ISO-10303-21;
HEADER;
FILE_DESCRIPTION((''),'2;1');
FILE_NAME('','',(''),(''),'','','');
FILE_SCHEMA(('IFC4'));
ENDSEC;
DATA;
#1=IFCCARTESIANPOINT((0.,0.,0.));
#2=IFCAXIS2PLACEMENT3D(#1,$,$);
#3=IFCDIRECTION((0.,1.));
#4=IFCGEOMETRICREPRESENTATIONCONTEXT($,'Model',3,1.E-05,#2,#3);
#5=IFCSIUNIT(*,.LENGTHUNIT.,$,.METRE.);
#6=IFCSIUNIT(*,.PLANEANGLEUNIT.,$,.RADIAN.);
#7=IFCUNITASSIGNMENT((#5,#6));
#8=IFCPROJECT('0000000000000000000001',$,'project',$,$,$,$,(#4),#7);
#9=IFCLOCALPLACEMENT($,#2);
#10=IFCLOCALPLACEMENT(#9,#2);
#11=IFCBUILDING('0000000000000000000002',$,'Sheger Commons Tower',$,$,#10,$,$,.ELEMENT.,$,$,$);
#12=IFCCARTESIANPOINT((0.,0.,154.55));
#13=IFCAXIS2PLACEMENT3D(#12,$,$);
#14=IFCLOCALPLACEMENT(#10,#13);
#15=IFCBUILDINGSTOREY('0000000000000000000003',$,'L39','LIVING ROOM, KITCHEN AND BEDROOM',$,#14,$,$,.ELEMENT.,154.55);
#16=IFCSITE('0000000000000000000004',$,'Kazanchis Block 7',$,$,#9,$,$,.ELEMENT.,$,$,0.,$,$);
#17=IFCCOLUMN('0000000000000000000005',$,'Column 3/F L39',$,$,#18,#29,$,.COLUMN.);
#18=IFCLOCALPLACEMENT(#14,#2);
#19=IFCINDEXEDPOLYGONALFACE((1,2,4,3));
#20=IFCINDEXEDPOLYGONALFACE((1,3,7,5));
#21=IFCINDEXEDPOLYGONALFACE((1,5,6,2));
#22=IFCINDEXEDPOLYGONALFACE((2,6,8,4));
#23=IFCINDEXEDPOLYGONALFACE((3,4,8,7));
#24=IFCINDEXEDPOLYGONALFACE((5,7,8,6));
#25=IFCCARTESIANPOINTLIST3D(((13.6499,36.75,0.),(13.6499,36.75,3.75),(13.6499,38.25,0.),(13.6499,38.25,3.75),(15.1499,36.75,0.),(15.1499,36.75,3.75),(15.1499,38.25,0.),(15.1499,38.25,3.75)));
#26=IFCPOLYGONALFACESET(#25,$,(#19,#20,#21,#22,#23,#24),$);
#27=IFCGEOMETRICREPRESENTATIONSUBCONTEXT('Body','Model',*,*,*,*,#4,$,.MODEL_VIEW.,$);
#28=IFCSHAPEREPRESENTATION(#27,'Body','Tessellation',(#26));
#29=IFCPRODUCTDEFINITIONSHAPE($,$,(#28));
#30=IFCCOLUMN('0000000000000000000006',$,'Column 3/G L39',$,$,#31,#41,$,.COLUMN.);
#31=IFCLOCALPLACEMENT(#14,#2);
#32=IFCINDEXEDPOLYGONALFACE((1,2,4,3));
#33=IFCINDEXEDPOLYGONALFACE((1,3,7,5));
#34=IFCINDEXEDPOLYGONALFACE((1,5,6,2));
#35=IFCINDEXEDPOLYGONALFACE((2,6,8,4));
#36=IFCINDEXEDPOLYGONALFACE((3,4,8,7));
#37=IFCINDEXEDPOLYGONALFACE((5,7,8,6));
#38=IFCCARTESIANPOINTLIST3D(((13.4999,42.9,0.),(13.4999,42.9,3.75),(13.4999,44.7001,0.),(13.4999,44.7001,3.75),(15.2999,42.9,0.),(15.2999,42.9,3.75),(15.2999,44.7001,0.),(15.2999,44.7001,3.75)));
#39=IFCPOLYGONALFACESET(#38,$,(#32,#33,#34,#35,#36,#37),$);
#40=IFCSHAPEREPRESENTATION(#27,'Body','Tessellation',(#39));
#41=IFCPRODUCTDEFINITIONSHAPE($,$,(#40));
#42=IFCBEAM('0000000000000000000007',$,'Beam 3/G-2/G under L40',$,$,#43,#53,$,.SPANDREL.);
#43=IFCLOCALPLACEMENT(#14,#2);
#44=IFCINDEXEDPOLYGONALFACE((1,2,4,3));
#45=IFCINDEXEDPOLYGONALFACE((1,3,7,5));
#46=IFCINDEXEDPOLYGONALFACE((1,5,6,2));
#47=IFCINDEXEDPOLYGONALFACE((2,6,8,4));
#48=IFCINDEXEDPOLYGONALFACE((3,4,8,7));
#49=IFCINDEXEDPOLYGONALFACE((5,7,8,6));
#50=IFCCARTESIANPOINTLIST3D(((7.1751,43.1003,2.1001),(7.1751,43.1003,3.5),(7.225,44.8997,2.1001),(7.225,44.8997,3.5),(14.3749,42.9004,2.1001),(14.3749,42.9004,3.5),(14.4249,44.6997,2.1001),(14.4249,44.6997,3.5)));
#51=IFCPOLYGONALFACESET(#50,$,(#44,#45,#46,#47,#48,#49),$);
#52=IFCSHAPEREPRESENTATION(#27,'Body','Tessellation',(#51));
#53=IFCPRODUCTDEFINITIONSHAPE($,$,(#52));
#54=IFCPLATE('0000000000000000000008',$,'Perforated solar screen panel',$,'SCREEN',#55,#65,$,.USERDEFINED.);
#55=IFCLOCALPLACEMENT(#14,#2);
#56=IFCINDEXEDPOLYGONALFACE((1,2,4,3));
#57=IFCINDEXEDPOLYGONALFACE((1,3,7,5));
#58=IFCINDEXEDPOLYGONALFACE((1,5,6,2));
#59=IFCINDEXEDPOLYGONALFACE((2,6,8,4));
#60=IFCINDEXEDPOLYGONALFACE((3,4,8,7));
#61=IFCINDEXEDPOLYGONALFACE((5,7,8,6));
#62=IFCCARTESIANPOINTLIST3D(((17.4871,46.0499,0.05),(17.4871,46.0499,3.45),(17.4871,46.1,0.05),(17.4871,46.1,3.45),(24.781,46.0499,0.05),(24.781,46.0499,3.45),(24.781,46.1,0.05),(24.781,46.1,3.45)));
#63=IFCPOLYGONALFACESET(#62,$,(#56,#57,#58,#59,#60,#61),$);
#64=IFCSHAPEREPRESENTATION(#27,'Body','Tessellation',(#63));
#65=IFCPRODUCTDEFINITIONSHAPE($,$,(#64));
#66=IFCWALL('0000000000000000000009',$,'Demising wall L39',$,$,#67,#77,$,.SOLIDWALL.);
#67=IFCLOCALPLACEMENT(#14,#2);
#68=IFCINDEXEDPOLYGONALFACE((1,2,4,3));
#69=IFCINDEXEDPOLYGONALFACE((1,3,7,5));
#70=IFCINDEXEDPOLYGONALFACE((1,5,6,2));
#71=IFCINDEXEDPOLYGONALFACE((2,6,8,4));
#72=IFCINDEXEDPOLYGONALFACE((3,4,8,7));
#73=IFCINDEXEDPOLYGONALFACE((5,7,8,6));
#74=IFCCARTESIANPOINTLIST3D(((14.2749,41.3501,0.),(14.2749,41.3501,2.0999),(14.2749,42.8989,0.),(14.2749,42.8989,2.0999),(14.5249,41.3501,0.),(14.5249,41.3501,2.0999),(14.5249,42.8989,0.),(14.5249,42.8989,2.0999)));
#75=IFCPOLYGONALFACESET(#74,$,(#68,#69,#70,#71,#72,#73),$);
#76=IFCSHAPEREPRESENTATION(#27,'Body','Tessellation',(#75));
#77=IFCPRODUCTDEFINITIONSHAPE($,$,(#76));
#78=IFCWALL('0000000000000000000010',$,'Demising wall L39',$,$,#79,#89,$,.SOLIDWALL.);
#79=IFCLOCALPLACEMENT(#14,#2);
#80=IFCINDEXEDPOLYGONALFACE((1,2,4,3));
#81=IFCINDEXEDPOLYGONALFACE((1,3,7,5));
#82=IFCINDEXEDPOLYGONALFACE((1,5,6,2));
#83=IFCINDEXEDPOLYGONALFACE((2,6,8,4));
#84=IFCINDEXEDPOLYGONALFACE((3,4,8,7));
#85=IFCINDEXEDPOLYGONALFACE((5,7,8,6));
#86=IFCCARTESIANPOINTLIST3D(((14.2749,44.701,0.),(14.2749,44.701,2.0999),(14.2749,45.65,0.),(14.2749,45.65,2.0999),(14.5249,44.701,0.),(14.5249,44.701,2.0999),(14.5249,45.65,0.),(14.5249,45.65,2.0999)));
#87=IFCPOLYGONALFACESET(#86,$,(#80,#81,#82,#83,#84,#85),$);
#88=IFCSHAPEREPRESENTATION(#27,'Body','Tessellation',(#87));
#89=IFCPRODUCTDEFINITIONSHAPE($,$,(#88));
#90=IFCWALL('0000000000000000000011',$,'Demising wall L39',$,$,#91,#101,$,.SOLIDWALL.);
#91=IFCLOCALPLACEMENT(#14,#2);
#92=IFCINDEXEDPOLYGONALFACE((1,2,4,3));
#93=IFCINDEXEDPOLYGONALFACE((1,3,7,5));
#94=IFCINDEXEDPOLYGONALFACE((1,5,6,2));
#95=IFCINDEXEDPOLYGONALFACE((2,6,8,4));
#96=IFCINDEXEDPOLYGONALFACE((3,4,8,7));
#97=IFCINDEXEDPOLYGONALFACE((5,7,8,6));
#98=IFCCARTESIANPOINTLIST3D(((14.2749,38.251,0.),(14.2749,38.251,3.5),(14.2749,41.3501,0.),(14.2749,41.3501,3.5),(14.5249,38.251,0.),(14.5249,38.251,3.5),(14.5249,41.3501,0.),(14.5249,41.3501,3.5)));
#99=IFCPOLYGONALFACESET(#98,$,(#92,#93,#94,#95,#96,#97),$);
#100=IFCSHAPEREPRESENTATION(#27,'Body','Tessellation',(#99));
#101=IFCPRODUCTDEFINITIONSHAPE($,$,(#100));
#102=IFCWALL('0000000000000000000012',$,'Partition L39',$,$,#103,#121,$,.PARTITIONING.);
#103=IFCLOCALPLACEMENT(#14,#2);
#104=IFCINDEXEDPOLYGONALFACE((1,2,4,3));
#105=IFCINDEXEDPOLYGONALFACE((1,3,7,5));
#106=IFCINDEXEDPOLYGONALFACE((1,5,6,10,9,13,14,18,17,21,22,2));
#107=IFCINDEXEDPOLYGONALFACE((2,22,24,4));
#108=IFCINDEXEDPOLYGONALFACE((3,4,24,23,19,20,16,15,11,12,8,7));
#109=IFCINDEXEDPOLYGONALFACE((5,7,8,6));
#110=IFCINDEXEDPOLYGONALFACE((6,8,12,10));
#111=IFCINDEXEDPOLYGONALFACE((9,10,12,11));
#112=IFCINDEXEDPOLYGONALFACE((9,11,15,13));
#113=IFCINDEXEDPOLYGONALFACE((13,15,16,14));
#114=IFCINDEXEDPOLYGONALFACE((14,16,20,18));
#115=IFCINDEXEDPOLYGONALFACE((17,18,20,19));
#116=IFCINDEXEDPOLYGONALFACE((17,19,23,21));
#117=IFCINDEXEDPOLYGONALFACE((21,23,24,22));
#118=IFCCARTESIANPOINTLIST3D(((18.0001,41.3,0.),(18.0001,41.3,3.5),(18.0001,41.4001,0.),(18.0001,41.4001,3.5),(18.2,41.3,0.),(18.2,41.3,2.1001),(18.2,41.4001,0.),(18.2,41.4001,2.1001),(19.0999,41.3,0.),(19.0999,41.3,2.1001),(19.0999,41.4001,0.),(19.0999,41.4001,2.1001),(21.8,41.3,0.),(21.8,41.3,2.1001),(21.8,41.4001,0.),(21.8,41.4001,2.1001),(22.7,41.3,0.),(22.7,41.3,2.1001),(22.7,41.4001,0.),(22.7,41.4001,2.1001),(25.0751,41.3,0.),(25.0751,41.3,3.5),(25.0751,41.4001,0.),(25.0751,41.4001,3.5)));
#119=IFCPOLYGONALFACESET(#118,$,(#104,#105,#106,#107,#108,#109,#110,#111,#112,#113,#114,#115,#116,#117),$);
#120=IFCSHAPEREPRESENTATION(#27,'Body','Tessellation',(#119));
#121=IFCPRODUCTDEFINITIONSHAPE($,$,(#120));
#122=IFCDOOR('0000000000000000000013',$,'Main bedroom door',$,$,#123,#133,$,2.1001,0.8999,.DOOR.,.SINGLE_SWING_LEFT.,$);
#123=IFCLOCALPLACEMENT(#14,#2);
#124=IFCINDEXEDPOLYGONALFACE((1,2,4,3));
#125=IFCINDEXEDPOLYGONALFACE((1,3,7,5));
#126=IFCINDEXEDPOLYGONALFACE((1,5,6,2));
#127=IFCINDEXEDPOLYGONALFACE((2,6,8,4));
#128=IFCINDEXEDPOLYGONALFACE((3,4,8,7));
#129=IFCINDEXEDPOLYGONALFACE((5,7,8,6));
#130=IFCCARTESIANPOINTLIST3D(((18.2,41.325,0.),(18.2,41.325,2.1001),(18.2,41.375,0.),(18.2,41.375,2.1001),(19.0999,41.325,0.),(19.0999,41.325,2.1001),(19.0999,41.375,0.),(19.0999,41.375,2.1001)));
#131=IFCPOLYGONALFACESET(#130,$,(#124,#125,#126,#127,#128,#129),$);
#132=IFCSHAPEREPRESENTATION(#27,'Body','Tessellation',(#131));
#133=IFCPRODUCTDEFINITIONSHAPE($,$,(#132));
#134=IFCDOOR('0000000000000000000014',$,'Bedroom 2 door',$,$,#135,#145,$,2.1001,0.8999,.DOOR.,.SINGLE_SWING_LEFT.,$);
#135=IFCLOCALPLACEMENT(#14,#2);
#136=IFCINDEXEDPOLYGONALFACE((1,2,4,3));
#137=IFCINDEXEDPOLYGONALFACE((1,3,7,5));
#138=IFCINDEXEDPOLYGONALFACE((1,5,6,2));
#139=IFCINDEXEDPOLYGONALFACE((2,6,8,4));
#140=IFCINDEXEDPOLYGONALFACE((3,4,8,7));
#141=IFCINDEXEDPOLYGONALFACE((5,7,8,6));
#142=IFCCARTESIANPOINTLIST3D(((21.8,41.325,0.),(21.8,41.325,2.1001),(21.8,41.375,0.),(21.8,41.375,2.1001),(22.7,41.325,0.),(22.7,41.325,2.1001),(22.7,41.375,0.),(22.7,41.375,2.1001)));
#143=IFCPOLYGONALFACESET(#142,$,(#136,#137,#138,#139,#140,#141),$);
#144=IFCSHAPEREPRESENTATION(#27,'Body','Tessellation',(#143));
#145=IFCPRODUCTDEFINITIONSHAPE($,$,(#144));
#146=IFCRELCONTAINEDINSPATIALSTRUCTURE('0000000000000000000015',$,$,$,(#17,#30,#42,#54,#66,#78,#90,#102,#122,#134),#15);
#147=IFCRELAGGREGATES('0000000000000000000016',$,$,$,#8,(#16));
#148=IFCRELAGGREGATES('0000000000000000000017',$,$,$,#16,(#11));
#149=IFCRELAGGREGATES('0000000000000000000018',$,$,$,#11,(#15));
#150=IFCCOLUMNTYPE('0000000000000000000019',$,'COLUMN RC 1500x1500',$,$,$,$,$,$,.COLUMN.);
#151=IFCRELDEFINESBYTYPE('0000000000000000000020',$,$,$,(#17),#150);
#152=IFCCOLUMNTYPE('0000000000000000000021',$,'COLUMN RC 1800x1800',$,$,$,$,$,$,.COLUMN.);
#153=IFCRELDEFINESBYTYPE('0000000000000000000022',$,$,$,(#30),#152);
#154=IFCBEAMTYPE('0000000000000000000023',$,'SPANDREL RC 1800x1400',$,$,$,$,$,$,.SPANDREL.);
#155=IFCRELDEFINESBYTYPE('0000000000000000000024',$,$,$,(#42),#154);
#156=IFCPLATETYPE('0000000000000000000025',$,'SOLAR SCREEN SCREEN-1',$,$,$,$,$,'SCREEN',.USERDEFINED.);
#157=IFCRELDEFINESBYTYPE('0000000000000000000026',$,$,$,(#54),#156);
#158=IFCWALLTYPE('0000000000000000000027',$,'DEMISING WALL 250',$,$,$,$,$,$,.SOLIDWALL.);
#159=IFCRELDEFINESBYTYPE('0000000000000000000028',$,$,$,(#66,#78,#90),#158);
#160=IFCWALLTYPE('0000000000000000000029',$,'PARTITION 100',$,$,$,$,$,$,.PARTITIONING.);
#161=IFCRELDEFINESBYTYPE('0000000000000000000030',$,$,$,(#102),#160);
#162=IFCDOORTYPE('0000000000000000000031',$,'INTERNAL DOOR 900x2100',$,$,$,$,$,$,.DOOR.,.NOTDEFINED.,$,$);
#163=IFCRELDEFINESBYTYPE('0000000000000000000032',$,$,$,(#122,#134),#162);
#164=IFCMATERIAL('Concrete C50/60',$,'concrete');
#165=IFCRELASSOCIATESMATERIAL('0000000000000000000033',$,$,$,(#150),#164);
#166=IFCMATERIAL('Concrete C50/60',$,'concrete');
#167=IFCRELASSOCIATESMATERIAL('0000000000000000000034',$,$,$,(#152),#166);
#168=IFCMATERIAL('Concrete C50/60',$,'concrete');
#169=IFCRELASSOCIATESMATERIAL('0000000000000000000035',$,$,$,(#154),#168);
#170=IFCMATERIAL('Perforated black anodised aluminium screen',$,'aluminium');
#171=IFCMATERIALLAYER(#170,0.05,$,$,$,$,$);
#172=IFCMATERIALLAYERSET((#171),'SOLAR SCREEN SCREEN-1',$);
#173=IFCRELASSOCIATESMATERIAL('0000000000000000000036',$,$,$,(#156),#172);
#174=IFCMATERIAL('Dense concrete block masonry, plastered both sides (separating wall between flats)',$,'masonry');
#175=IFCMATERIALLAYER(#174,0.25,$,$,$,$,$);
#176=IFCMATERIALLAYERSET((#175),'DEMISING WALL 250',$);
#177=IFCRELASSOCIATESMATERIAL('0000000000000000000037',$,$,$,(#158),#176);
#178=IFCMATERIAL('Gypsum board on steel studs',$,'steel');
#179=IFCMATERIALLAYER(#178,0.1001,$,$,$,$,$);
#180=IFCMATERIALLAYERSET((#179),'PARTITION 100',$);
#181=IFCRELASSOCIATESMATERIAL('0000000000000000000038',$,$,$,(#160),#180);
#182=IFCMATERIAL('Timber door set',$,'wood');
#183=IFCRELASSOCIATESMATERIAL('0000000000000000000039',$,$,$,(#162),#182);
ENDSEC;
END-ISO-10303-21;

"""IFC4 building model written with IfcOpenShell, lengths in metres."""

from ifc_helpers import new_model, si_unit, direction, frame, frame_2d, origin, origin_2d, place, context, subcontext, project, spatial, rectangle, extrude, material, layer, layer_set, material_profile, profile_set, type_object, element, fill, save


model = new_model("IFC4")

# Units and contexts
model_context = context("Model", 3, precision=1e-05, world=origin(), true_north=direction((0.0, 1.0)))
body_context = subcontext(model_context, "Body", "Model", "MODEL_VIEW")
ifc_project = project(units=[si_unit("LENGTHUNIT", "METRE"), si_unit("PLANEANGLEUNIT", "RADIAN")], contexts=[model_context])

# Site, building, storey
site_placement = place(None, origin())
site = spatial("IfcSite", under=ifc_project, at=site_placement, Name="Kazanchis Block 7", CompositionType="ELEMENT", RefElevation=0.0)
building_placement = place(site_placement, origin())
building = spatial("IfcBuilding", under=site, at=building_placement, Name="Sheger Commons Tower", CompositionType="ELEMENT")
storey_placement = place(building_placement, frame((0.0, 0.0, 154.55)))
storey = spatial("IfcBuildingStorey", under=building, at=storey_placement, Name="L39", Description="LIVING ROOM, KITCHEN AND BEDROOM", CompositionType="ELEMENT", Elevation=154.55)

# Columns
ifc_material_1 = material(Name="Concrete C50/60", Category="concrete")
ifc_material_profile_1 = material_profile(ifc_material_1, rectangle(XDim=1.5, YDim=1.5, at=origin_2d()), Name="RC 1500x1500")
ifc_profile_set_1 = profile_set([ifc_material_profile_1], Name="Concrete C50/60")
column_type_1 = type_object("IfcColumnType", Name="COLUMN RC 1500x1500", PredefinedType="COLUMN", material=ifc_profile_set_1)
column_1_placement = place(storey_placement, frame((14.3999, 37.5, 0.0), z_axis=(0.0, 0.0, 1.0), x_axis=(1.0, 0.0, 0.0)))
element("IfcColumn", 1, at=column_1_placement, inside=storey, type_object=column_type_1, Name="Column 3/F L39", PredefinedType="COLUMN", context=body_context, shape_type="SweptSolid", body=[
    extrude(rectangle(XDim=1.5, YDim=1.5, at=origin_2d()), origin(), (0.0, 0.0, 1.0), 3.75),
])
ifc_material_2 = material(Name="Concrete C50/60", Category="concrete")
ifc_material_profile_2 = material_profile(ifc_material_2, rectangle(XDim=1.8, YDim=1.8, at=origin_2d()), Name="RC 1800x1800")
ifc_profile_set_2 = profile_set([ifc_material_profile_2], Name="Concrete C50/60")
column_type_2 = type_object("IfcColumnType", Name="COLUMN RC 1800x1800", PredefinedType="COLUMN", material=ifc_profile_set_2)
column_2_placement = place(storey_placement, frame((14.3999, 43.8, 0.0), z_axis=(0.0, 0.0, 1.0), x_axis=(1.0, 0.0, 0.0)))
element("IfcColumn", 2, at=column_2_placement, inside=storey, type_object=column_type_2, Name="Column 3/G L39", PredefinedType="COLUMN", context=body_context, shape_type="SweptSolid", body=[
    extrude(rectangle(XDim=1.8, YDim=1.8, at=origin_2d()), origin(), (0.0, 0.0, 1.0), 3.75),
])

# Beam
ifc_material_3 = material(Name="Concrete C50/60", Category="concrete")
ifc_material_profile_3 = material_profile(ifc_material_3, rectangle(XDim=1.8, YDim=1.3999, at=origin_2d()), Name="RC 1800x1400")
ifc_profile_set_3 = profile_set([ifc_material_profile_3], Name="Concrete C50/60")
beam_type = type_object("IfcBeamType", Name="SPANDREL RC 1800x1400", PredefinedType="SPANDREL", material=ifc_profile_set_3)
beam_placement = place(storey_placement, frame((14.3999, 43.8, 2.8), z_axis=(-0.999615, 0.02776, 0.0), x_axis=(-0.02776, -0.999615, 0.0)))
element("IfcBeam", 3, at=beam_placement, inside=storey, type_object=beam_type, Name="Beam 3/G-2/G under L40", PredefinedType="SPANDREL", context=body_context, shape_type="SweptSolid", body=[
    extrude(rectangle(XDim=1.8, YDim=1.3999, at=origin_2d()), origin(), (0.0, 0.0, 1.0), 7.2026),
])

# Plate
ifc_material_4 = material(Name="Perforated black anodised aluminium screen", Category="aluminium")
ifc_layer_1 = layer(ifc_material_4, 0.05)
ifc_layer_set_1 = layer_set([ifc_layer_1], Name="SOLAR SCREEN SCREEN-1")
plate_type = type_object("IfcPlateType", Name="SOLAR SCREEN SCREEN-1", ElementType="SCREEN", PredefinedType="USERDEFINED", material=ifc_layer_set_1)
plate_placement = place(storey_placement, frame((21.134, 46.075, 0.05), z_axis=(0.0, 0.0, 1.0), x_axis=(-1.0, 0.0, 0.0)))
element("IfcPlate", 4, at=plate_placement, inside=storey, type_object=plate_type, Name="Perforated solar screen panel", ObjectType="SCREEN", PredefinedType="USERDEFINED", context=body_context, shape_type="SweptSolid", body=[
    extrude(rectangle(XDim=7.2939, YDim=0.05, at=origin_2d()), origin(), (0.0, 0.0, 1.0), 3.3999),
])

# Walls
ifc_material_5 = material(Name="Dense concrete block masonry, plastered both sides (separating wall between flats)", Category="masonry")
ifc_layer_2 = layer(ifc_material_5, 0.25)
ifc_layer_set_2 = layer_set([ifc_layer_2], Name="DEMISING WALL 250")
wall_type_1 = type_object("IfcWallType", Name="DEMISING WALL 250", PredefinedType="SOLIDWALL", material=ifc_layer_set_2)
wall_1_placement = place(storey_placement, frame((14.3999, 41.3501, 0.0), z_axis=(0.0, 0.0, 1.0), x_axis=(0.0, 1.0, 0.0)))
element("IfcWall", 5, at=wall_1_placement, inside=storey, type_object=wall_type_1, Name="Demising wall L39", PredefinedType="SOLIDWALL", context=body_context, shape_type="SweptSolid", body=[
    extrude(rectangle(XDim=1.5488, YDim=0.25, at=frame_2d((0.7744, 0.0))), origin(), (0.0, 0.0, 1.0), 2.0999),
])
wall_2_placement = place(storey_placement, frame((14.3999, 44.7009, 0.0), z_axis=(0.0, 0.0, 1.0), x_axis=(0.0, 1.0, 0.0)))
element("IfcWall", 6, at=wall_2_placement, inside=storey, type_object=wall_type_1, Name="Demising wall L39", PredefinedType="SOLIDWALL", context=body_context, shape_type="SweptSolid", body=[
    extrude(rectangle(XDim=0.949, YDim=0.25, at=frame_2d((0.4746, 0.0))), origin(), (0.0, 0.0, 1.0), 2.0999),
])
wall_3_placement = place(storey_placement, frame((14.3999, 38.251, 0.0), z_axis=(0.0, 0.0, 1.0), x_axis=(0.0, 1.0, 0.0)))
element("IfcWall", 7, at=wall_3_placement, inside=storey, type_object=wall_type_1, Name="Demising wall L39", PredefinedType="SOLIDWALL", context=body_context, shape_type="SweptSolid", body=[
    extrude(rectangle(XDim=3.0991, YDim=0.25, at=frame_2d((1.5496, 0.0))), origin(), (0.0, 0.0, 1.0), 3.5),
])

# Wall, openings, doors
ifc_material_6 = material(Name="Gypsum board on steel studs", Category="steel")
ifc_layer_3 = layer(ifc_material_6, 0.1001)
ifc_layer_set_3 = layer_set([ifc_layer_3], Name="PARTITION 100")
wall_type_2 = type_object("IfcWallType", Name="PARTITION 100", PredefinedType="PARTITIONING", material=ifc_layer_set_3)
wall_4_placement = place(storey_placement, frame((18.0, 41.3501, 0.0), z_axis=(0.0, 0.0, 1.0), x_axis=(1.0, 0.0, 0.0)))
wall_4 = element("IfcWall", 8, at=wall_4_placement, inside=storey, type_object=wall_type_2, Name="Partition L39", PredefinedType="PARTITIONING", context=body_context, shape_type="SweptSolid", body=[
    extrude(rectangle(XDim=7.075, YDim=0.1001, at=frame_2d((3.5376, 0.0))), origin(), (0.0, 0.0, 1.0), 3.5),
])
opening_1_placement = place(wall_4_placement, frame((0.2, 0.0, 0.0)))
opening_1 = element("IfcOpeningElement", 9, at=opening_1_placement, cuts=wall_4, PredefinedType="OPENING", context=body_context, shape_type="SweptSolid", body=[
    extrude(rectangle(XDim=0.8999, YDim=2.1001, at=frame_2d((0.45, 1.05))), frame((0.0, 0.0601, 0.0), z_axis=(0.0, -1.0, 0.0), x_axis=(1.0, 0.0, 0.0)), (0.0, 0.0, 1.0), 0.1201),
])
opening_2_placement = place(wall_4_placement, frame((3.8, 0.0, 0.0)))
opening_2 = element("IfcOpeningElement", 10, at=opening_2_placement, cuts=wall_4, PredefinedType="OPENING", context=body_context, shape_type="SweptSolid", body=[
    extrude(rectangle(XDim=0.8999, YDim=2.1001, at=frame_2d((0.45, 1.05))), frame((0.0, 0.0601, 0.0), z_axis=(0.0, -1.0, 0.0), x_axis=(1.0, 0.0, 0.0)), (0.0, 0.0, 1.0), 0.1201),
])
ifc_material_7 = material(Name="Timber door set", Category="wood")
door_type = type_object("IfcDoorType", Name="INTERNAL DOOR 900x2100", OperationType="NOTDEFINED", PredefinedType="DOOR", material=ifc_material_7)
door_1_placement = place(opening_1_placement, origin())
door_1 = element("IfcDoor", 11, at=door_1_placement, inside=storey, type_object=door_type, Name="Main bedroom door", OperationType="SINGLE_SWING_LEFT", OverallHeight=2.1001, OverallWidth=0.8999, PredefinedType="DOOR", context=body_context, shape_type="SweptSolid", body=[
    extrude(rectangle(XDim=0.8999, YDim=2.1001, at=frame_2d((0.45, 1.05))), frame((0.0, 0.0249, 0.0), z_axis=(0.0, -1.0, 0.0), x_axis=(1.0, 0.0, 0.0)), (0.0, 0.0, 1.0), 0.05),
])
fill(opening_1, door_1)
door_2_placement = place(opening_2_placement, origin())
door_2 = element("IfcDoor", 12, at=door_2_placement, inside=storey, type_object=door_type, Name="Bedroom 2 door", OperationType="SINGLE_SWING_LEFT", OverallHeight=2.1001, OverallWidth=0.8999, PredefinedType="DOOR", context=body_context, shape_type="SweptSolid", body=[
    extrude(rectangle(XDim=0.8999, YDim=2.1001, at=frame_2d((0.45, 1.05))), frame((0.0, 0.0249, 0.0), z_axis=(0.0, -1.0, 0.0), x_axis=(1.0, 0.0, 0.0)), (0.0, 0.0, 1.0), 0.05),
])
fill(opening_2, door_2)

save(model, "model.ifc")
